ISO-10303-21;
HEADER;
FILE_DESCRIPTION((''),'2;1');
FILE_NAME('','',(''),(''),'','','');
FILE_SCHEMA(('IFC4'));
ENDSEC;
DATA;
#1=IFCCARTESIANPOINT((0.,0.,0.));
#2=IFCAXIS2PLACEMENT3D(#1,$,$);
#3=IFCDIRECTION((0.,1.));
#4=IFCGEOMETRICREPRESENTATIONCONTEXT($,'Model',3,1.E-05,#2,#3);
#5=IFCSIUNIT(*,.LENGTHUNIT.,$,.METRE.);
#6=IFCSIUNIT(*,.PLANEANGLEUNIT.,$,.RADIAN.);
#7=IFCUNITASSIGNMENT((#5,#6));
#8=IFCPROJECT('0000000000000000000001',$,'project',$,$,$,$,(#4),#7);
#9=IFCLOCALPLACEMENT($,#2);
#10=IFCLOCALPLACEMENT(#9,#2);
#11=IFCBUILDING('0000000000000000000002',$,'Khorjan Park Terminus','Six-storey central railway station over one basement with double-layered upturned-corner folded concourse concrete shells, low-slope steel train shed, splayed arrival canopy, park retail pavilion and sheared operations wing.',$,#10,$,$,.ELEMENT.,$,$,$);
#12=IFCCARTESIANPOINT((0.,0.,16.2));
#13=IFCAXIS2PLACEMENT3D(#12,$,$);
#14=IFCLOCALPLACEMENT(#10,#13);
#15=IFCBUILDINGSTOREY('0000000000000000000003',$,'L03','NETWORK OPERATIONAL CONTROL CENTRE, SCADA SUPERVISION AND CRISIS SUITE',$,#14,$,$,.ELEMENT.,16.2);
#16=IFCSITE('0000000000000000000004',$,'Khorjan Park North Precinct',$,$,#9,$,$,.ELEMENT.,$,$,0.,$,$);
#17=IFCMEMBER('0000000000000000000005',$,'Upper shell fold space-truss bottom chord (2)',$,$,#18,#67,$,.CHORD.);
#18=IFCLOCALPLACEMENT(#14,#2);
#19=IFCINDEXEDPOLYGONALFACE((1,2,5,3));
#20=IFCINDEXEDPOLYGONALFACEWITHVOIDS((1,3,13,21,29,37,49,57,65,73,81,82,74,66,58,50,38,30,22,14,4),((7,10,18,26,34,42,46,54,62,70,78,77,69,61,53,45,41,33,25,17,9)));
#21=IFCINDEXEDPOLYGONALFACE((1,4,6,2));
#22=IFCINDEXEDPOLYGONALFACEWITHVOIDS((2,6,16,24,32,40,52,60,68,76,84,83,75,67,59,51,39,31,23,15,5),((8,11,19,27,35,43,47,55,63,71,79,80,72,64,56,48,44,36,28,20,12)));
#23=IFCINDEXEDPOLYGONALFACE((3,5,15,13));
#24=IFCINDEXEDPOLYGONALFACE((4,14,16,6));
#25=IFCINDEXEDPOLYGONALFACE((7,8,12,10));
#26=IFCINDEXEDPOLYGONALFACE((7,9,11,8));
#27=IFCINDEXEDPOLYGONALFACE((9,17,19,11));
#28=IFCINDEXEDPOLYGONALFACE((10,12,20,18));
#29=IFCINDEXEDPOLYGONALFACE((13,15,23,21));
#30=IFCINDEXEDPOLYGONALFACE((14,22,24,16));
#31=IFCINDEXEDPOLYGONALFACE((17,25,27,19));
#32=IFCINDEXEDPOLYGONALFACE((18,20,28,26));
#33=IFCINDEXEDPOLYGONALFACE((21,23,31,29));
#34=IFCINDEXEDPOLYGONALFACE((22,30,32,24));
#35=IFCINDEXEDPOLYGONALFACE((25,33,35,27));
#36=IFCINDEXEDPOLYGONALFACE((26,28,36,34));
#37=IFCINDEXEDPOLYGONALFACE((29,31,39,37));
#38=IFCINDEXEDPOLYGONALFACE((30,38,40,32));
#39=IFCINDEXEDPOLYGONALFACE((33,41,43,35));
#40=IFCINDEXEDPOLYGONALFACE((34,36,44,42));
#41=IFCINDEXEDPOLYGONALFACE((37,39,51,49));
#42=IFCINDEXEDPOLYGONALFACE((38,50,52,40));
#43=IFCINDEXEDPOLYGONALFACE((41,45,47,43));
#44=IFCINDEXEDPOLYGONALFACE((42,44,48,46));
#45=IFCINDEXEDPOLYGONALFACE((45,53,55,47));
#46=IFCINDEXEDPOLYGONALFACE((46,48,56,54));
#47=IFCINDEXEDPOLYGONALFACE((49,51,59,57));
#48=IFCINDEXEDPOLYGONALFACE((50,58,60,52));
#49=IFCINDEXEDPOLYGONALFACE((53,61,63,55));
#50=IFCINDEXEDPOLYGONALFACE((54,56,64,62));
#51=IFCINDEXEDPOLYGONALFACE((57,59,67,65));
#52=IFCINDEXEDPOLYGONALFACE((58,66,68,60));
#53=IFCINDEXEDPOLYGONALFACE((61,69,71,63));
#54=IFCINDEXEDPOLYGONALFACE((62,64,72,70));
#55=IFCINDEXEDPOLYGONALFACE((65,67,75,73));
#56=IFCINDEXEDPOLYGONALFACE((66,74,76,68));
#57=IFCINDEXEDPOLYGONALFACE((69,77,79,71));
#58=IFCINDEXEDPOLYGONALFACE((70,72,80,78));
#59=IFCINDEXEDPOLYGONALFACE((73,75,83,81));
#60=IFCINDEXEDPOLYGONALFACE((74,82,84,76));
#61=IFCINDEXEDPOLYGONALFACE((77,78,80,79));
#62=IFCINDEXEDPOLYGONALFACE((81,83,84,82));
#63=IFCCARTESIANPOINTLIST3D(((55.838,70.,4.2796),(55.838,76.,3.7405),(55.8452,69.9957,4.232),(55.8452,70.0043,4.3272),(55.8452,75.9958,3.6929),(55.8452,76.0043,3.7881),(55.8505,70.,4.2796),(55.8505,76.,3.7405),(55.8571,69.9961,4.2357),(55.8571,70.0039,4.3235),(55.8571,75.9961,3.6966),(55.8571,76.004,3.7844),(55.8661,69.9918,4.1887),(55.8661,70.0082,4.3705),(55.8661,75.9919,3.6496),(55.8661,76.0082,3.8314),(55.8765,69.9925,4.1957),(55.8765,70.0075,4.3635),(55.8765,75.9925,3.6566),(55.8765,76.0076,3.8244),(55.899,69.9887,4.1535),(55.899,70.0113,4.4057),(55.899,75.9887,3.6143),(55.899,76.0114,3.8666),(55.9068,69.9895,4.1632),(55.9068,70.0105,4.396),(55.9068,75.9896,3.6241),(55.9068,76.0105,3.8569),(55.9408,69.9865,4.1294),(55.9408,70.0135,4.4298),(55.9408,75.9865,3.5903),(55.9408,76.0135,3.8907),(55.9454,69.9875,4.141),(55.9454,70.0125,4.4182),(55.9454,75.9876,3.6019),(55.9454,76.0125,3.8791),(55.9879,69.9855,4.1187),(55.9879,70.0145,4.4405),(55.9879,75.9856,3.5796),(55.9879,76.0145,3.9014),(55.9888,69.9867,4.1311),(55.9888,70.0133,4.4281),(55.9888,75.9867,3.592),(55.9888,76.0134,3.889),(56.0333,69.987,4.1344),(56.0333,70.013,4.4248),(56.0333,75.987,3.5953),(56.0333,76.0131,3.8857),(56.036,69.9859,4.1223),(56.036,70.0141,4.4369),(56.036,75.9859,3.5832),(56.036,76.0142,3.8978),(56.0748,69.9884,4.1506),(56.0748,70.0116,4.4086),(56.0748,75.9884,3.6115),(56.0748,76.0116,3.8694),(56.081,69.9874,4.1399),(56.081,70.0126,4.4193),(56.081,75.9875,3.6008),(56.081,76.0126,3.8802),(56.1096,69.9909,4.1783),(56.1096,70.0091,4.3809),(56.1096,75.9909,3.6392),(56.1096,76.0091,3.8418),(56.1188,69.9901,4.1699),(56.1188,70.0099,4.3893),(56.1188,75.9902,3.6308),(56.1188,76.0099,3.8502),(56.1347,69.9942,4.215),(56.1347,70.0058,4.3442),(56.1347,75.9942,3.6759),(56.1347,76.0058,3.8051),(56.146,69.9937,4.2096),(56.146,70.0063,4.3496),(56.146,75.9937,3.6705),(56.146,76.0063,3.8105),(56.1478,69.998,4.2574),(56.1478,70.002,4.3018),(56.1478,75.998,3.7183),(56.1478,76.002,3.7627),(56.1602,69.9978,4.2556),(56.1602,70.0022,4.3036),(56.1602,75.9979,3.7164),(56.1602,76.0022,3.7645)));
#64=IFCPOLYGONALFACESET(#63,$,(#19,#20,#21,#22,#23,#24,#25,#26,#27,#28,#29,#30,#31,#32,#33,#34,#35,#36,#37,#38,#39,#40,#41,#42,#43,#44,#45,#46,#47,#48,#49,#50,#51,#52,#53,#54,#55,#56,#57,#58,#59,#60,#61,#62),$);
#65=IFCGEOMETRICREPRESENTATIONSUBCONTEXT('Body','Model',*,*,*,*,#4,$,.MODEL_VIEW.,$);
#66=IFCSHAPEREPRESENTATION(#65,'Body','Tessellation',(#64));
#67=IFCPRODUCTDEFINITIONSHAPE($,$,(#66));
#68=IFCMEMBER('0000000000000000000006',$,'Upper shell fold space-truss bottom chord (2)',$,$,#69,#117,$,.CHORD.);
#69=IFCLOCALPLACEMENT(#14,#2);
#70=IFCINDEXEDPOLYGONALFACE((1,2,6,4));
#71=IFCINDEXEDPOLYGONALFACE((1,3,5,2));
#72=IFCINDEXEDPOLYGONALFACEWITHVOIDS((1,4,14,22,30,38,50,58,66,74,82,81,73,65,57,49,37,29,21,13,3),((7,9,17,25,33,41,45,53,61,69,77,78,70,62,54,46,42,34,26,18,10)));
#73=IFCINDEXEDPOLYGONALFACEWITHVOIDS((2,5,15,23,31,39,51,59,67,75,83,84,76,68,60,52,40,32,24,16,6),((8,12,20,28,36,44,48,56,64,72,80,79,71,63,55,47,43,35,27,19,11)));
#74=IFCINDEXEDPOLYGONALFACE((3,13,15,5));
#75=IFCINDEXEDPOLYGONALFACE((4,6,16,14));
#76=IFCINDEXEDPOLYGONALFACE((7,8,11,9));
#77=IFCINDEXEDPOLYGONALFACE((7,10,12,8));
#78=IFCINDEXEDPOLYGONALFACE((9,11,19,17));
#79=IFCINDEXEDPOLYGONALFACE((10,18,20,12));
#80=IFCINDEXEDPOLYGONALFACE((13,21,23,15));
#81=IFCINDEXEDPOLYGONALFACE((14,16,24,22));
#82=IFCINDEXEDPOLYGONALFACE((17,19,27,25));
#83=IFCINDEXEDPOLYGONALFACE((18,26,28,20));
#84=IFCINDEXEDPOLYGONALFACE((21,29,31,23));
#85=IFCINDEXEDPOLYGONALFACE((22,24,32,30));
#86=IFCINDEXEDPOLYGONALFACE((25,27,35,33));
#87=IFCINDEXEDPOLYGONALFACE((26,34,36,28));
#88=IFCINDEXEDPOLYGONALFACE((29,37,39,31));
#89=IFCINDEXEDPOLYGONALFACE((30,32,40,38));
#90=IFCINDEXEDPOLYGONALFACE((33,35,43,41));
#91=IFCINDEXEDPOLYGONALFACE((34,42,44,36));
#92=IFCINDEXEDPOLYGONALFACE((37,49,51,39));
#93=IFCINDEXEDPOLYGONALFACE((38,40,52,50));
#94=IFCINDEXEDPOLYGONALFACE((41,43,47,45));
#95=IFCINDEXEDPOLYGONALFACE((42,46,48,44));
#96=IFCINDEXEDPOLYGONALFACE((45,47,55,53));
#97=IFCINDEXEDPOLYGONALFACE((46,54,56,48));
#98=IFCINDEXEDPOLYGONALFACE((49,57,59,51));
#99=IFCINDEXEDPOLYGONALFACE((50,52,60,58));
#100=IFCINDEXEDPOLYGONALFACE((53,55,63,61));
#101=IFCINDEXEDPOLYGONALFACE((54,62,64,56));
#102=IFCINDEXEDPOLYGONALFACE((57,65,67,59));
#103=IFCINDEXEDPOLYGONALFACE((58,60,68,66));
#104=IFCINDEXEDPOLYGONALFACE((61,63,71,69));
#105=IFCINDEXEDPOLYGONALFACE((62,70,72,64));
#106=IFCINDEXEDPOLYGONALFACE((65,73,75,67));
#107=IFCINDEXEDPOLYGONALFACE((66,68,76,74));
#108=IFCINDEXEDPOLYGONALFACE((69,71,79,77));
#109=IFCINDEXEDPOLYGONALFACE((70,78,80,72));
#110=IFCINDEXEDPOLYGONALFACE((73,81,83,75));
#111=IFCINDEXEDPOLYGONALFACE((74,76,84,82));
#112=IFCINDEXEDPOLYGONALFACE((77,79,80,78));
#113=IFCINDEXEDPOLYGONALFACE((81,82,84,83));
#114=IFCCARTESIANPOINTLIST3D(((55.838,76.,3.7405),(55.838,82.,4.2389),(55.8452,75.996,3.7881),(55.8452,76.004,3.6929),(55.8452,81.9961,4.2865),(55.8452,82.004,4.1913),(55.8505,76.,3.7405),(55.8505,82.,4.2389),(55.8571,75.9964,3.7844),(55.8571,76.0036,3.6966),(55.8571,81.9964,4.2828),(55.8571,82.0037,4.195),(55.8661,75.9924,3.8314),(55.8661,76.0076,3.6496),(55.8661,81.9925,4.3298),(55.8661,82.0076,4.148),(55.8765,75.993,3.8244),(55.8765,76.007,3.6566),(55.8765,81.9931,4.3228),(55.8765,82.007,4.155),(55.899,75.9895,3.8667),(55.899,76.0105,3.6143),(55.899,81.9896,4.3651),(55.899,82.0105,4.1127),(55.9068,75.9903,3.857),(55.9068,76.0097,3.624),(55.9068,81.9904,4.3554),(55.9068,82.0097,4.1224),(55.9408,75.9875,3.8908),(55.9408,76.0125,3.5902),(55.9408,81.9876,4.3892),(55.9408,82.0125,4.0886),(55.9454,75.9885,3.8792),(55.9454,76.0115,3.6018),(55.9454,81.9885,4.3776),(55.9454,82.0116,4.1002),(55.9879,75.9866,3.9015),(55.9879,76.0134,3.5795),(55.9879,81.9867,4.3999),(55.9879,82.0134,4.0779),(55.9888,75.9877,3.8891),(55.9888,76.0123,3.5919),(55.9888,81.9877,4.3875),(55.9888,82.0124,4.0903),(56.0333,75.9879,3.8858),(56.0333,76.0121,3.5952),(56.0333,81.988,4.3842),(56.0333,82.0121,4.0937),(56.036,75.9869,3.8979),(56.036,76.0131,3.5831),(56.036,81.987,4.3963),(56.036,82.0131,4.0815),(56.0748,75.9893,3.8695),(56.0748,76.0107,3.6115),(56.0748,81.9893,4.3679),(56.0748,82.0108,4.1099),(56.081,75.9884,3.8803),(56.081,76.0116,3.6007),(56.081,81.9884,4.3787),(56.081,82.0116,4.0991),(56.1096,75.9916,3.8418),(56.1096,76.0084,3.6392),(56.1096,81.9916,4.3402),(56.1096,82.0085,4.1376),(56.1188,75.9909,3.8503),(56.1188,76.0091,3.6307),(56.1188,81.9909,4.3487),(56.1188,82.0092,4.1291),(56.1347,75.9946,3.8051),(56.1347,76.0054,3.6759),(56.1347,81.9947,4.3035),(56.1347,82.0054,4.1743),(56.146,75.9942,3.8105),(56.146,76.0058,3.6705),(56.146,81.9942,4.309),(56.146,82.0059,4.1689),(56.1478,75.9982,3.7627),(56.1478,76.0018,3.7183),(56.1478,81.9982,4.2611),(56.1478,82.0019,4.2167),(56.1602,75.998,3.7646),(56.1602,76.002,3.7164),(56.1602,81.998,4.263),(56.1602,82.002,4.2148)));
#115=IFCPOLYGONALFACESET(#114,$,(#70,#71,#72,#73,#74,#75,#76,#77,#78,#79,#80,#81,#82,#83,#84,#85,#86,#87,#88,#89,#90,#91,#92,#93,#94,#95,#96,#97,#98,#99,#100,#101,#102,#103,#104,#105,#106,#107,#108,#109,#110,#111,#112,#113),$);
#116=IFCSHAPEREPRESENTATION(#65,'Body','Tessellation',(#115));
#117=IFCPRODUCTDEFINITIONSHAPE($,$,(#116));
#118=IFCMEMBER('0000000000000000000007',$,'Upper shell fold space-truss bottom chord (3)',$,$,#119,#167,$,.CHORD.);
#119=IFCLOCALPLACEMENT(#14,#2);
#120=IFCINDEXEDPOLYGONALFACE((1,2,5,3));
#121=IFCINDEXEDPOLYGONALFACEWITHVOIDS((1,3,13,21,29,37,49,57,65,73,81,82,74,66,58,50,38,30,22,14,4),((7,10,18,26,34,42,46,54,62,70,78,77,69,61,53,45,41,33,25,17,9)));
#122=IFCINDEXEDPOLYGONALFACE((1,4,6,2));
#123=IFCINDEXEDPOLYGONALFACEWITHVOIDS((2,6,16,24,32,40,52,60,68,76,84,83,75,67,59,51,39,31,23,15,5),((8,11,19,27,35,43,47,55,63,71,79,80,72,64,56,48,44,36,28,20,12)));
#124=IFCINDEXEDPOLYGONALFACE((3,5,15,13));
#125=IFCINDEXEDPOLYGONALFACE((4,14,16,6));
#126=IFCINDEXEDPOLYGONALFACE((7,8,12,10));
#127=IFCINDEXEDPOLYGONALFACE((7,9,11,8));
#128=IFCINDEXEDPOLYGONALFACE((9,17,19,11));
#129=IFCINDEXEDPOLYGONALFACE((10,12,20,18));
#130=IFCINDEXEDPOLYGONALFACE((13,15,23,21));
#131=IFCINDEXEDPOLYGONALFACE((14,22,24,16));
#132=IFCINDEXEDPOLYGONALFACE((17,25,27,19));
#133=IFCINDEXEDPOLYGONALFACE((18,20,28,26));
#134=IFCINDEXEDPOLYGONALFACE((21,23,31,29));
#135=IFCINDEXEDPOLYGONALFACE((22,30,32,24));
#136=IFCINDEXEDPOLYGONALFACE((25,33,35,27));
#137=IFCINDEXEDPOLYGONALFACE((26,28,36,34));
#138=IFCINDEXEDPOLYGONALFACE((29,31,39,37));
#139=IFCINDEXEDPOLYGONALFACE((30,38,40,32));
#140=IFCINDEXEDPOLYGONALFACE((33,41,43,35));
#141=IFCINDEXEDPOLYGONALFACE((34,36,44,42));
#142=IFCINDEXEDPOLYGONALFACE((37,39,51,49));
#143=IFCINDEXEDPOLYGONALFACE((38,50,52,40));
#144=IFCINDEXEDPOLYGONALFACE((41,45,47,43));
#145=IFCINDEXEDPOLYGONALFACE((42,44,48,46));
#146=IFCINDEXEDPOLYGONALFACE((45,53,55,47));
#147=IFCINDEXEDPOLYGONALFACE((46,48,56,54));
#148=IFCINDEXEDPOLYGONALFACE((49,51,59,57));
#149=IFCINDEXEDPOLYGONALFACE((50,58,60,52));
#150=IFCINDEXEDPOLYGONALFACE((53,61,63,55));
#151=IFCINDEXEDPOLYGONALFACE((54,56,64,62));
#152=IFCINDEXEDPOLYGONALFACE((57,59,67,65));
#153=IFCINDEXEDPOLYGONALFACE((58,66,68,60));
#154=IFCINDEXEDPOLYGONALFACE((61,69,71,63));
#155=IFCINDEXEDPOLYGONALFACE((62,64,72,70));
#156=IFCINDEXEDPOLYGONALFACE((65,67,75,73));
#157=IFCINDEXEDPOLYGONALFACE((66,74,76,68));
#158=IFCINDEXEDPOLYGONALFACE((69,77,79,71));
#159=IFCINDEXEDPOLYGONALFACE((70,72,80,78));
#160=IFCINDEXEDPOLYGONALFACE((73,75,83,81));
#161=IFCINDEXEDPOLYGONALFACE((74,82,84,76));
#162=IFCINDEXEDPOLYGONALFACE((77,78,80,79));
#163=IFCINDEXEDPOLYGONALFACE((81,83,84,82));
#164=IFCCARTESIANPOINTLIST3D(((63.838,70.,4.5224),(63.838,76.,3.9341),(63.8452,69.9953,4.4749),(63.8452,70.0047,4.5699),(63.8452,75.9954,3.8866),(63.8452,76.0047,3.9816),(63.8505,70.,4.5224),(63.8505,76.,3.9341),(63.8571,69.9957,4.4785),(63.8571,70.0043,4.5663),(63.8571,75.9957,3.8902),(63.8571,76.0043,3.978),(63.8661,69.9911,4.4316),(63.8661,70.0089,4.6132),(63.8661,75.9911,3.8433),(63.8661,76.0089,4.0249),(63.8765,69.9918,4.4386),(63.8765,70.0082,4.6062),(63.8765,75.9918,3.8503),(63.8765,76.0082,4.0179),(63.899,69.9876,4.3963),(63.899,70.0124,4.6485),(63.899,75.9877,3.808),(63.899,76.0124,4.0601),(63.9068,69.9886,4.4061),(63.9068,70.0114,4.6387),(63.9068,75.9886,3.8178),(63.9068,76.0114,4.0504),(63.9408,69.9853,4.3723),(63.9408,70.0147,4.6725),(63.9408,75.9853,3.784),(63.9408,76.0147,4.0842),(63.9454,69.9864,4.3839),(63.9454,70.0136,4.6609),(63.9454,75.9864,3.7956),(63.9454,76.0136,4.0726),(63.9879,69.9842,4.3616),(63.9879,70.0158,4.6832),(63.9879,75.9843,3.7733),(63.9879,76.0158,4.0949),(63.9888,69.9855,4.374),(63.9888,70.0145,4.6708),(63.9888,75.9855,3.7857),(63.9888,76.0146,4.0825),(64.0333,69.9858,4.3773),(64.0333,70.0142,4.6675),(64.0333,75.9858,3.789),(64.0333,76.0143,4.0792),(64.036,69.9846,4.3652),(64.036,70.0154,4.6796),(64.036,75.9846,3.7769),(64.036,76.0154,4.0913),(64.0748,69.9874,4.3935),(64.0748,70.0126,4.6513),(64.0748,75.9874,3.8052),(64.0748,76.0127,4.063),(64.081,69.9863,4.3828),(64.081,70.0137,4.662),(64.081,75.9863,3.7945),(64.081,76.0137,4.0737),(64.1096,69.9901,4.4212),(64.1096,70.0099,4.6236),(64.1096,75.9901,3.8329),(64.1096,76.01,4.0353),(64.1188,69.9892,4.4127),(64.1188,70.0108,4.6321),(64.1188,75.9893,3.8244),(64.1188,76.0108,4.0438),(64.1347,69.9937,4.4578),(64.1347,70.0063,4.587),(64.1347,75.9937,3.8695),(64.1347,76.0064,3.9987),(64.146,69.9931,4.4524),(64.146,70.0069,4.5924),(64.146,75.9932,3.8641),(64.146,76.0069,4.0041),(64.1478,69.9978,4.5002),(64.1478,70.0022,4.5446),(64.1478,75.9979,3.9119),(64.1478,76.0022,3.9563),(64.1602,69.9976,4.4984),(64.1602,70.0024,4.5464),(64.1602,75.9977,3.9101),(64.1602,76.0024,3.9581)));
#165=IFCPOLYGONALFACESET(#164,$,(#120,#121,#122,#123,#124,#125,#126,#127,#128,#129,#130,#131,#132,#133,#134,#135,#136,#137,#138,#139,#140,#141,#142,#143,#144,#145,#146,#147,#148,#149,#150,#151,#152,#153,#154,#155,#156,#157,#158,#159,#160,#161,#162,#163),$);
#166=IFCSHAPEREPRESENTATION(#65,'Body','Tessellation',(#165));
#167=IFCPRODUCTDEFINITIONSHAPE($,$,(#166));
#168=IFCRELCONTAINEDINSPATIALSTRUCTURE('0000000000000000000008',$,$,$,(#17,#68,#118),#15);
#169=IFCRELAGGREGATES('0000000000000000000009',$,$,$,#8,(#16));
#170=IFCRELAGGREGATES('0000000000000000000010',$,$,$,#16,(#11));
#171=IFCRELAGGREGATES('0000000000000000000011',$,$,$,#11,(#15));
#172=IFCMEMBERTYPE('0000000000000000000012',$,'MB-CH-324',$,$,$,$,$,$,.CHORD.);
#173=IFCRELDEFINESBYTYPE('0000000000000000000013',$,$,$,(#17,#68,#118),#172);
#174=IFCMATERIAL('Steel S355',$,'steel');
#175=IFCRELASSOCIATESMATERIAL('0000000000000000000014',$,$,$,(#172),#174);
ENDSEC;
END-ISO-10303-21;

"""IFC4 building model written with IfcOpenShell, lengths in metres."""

from ifc_helpers import new_model, si_unit, direction, frame, origin, origin_2d, place, context, subcontext, project, spatial, hollow_circle, extrude, material, material_profile, profile_set, type_object, element, save


model = new_model("IFC4")

# Units and contexts
model_context = context("Model", 3, precision=1e-05, world=origin(), true_north=direction((0.0, 1.0)))
body_context = subcontext(model_context, "Body", "Model", "MODEL_VIEW")
ifc_project = project(units=[si_unit("LENGTHUNIT", "METRE"), si_unit("PLANEANGLEUNIT", "RADIAN")], contexts=[model_context])

# Site, building, storey
site_placement = place(None, origin())
site = spatial("IfcSite", under=ifc_project, at=site_placement, Name="Khorjan Park North Precinct", CompositionType="ELEMENT", RefElevation=0.0)
building_placement = place(site_placement, origin())
building = spatial("IfcBuilding", under=site, at=building_placement, Name="Khorjan Park Terminus", Description="Six-storey central railway station over one basement with double-layered upturned-corner folded concourse concrete shells, low-slope steel train shed, splayed arrival canopy, park retail pavilion and sheared operations wing.", CompositionType="ELEMENT")
storey_placement = place(building_placement, frame((0.0, 0.0, 16.2)))
storey = spatial("IfcBuildingStorey", under=building, at=storey_placement, Name="L03", Description="NETWORK OPERATIONAL CONTROL CENTRE, SCADA SUPERVISION AND CRISIS SUITE", CompositionType="ELEMENT", Elevation=16.2)

# Members
ifc_material = material(Name="Steel S355", Category="steel")
ifc_material_profile_1 = material_profile(ifc_material, hollow_circle(Radius=0.162, WallThickness=0.0125, at=origin_2d()), Name="CHS 323.9x12.5")
ifc_profile_set_1 = profile_set([ifc_material_profile_1], Name="Steel S355")
member_type_1 = type_object("IfcMemberType", Name="MB-CH-324", PredefinedType="CHORD", material=ifc_profile_set_1)
member_1_placement = place(storey_placement, frame((56.0, 70.0, 4.2796), z_axis=(0.0, 0.995988, -0.08949), x_axis=(-1.0, 0.0, 0.0)))
element("IfcMember", 1, at=member_1_placement, inside=storey, type_object=member_type_1, Name="Upper shell fold space-truss bottom chord (2)", PredefinedType="CHORD", context=body_context, shape_type="SweptSolid", body=[
    extrude(hollow_circle(Radius=0.162, WallThickness=0.0125, at=origin_2d()), origin(), (0.0, 0.0, 1.0), 6.0242),
])
member_2_placement = place(storey_placement, frame((56.0, 76.0, 3.7405), z_axis=(0.0, 0.996568, 0.082782), x_axis=(-1.0, 0.0, 0.0)))
element("IfcMember", 2, at=member_2_placement, inside=storey, type_object=member_type_1, Name="Upper shell fold space-truss bottom chord (2)", PredefinedType="CHORD", context=body_context, shape_type="SweptSolid", body=[
    extrude(hollow_circle(Radius=0.162, WallThickness=0.0125, at=origin_2d()), origin(), (0.0, 0.0, 1.0), 6.0207),
])
member_3_placement = place(storey_placement, frame((64.0, 70.0, 4.5224), z_axis=(0.0, 0.995227, -0.097582), x_axis=(-1.0, 0.0, 0.0)))
element("IfcMember", 3, at=member_3_placement, inside=storey, type_object=member_type_1, Name="Upper shell fold space-truss bottom chord (3)", PredefinedType="CHORD", context=body_context, shape_type="SweptSolid", body=[
    extrude(hollow_circle(Radius=0.162, WallThickness=0.0125, at=origin_2d()), origin(), (0.0, 0.0, 1.0), 6.0288),
])

save(model, "model.ifc")
